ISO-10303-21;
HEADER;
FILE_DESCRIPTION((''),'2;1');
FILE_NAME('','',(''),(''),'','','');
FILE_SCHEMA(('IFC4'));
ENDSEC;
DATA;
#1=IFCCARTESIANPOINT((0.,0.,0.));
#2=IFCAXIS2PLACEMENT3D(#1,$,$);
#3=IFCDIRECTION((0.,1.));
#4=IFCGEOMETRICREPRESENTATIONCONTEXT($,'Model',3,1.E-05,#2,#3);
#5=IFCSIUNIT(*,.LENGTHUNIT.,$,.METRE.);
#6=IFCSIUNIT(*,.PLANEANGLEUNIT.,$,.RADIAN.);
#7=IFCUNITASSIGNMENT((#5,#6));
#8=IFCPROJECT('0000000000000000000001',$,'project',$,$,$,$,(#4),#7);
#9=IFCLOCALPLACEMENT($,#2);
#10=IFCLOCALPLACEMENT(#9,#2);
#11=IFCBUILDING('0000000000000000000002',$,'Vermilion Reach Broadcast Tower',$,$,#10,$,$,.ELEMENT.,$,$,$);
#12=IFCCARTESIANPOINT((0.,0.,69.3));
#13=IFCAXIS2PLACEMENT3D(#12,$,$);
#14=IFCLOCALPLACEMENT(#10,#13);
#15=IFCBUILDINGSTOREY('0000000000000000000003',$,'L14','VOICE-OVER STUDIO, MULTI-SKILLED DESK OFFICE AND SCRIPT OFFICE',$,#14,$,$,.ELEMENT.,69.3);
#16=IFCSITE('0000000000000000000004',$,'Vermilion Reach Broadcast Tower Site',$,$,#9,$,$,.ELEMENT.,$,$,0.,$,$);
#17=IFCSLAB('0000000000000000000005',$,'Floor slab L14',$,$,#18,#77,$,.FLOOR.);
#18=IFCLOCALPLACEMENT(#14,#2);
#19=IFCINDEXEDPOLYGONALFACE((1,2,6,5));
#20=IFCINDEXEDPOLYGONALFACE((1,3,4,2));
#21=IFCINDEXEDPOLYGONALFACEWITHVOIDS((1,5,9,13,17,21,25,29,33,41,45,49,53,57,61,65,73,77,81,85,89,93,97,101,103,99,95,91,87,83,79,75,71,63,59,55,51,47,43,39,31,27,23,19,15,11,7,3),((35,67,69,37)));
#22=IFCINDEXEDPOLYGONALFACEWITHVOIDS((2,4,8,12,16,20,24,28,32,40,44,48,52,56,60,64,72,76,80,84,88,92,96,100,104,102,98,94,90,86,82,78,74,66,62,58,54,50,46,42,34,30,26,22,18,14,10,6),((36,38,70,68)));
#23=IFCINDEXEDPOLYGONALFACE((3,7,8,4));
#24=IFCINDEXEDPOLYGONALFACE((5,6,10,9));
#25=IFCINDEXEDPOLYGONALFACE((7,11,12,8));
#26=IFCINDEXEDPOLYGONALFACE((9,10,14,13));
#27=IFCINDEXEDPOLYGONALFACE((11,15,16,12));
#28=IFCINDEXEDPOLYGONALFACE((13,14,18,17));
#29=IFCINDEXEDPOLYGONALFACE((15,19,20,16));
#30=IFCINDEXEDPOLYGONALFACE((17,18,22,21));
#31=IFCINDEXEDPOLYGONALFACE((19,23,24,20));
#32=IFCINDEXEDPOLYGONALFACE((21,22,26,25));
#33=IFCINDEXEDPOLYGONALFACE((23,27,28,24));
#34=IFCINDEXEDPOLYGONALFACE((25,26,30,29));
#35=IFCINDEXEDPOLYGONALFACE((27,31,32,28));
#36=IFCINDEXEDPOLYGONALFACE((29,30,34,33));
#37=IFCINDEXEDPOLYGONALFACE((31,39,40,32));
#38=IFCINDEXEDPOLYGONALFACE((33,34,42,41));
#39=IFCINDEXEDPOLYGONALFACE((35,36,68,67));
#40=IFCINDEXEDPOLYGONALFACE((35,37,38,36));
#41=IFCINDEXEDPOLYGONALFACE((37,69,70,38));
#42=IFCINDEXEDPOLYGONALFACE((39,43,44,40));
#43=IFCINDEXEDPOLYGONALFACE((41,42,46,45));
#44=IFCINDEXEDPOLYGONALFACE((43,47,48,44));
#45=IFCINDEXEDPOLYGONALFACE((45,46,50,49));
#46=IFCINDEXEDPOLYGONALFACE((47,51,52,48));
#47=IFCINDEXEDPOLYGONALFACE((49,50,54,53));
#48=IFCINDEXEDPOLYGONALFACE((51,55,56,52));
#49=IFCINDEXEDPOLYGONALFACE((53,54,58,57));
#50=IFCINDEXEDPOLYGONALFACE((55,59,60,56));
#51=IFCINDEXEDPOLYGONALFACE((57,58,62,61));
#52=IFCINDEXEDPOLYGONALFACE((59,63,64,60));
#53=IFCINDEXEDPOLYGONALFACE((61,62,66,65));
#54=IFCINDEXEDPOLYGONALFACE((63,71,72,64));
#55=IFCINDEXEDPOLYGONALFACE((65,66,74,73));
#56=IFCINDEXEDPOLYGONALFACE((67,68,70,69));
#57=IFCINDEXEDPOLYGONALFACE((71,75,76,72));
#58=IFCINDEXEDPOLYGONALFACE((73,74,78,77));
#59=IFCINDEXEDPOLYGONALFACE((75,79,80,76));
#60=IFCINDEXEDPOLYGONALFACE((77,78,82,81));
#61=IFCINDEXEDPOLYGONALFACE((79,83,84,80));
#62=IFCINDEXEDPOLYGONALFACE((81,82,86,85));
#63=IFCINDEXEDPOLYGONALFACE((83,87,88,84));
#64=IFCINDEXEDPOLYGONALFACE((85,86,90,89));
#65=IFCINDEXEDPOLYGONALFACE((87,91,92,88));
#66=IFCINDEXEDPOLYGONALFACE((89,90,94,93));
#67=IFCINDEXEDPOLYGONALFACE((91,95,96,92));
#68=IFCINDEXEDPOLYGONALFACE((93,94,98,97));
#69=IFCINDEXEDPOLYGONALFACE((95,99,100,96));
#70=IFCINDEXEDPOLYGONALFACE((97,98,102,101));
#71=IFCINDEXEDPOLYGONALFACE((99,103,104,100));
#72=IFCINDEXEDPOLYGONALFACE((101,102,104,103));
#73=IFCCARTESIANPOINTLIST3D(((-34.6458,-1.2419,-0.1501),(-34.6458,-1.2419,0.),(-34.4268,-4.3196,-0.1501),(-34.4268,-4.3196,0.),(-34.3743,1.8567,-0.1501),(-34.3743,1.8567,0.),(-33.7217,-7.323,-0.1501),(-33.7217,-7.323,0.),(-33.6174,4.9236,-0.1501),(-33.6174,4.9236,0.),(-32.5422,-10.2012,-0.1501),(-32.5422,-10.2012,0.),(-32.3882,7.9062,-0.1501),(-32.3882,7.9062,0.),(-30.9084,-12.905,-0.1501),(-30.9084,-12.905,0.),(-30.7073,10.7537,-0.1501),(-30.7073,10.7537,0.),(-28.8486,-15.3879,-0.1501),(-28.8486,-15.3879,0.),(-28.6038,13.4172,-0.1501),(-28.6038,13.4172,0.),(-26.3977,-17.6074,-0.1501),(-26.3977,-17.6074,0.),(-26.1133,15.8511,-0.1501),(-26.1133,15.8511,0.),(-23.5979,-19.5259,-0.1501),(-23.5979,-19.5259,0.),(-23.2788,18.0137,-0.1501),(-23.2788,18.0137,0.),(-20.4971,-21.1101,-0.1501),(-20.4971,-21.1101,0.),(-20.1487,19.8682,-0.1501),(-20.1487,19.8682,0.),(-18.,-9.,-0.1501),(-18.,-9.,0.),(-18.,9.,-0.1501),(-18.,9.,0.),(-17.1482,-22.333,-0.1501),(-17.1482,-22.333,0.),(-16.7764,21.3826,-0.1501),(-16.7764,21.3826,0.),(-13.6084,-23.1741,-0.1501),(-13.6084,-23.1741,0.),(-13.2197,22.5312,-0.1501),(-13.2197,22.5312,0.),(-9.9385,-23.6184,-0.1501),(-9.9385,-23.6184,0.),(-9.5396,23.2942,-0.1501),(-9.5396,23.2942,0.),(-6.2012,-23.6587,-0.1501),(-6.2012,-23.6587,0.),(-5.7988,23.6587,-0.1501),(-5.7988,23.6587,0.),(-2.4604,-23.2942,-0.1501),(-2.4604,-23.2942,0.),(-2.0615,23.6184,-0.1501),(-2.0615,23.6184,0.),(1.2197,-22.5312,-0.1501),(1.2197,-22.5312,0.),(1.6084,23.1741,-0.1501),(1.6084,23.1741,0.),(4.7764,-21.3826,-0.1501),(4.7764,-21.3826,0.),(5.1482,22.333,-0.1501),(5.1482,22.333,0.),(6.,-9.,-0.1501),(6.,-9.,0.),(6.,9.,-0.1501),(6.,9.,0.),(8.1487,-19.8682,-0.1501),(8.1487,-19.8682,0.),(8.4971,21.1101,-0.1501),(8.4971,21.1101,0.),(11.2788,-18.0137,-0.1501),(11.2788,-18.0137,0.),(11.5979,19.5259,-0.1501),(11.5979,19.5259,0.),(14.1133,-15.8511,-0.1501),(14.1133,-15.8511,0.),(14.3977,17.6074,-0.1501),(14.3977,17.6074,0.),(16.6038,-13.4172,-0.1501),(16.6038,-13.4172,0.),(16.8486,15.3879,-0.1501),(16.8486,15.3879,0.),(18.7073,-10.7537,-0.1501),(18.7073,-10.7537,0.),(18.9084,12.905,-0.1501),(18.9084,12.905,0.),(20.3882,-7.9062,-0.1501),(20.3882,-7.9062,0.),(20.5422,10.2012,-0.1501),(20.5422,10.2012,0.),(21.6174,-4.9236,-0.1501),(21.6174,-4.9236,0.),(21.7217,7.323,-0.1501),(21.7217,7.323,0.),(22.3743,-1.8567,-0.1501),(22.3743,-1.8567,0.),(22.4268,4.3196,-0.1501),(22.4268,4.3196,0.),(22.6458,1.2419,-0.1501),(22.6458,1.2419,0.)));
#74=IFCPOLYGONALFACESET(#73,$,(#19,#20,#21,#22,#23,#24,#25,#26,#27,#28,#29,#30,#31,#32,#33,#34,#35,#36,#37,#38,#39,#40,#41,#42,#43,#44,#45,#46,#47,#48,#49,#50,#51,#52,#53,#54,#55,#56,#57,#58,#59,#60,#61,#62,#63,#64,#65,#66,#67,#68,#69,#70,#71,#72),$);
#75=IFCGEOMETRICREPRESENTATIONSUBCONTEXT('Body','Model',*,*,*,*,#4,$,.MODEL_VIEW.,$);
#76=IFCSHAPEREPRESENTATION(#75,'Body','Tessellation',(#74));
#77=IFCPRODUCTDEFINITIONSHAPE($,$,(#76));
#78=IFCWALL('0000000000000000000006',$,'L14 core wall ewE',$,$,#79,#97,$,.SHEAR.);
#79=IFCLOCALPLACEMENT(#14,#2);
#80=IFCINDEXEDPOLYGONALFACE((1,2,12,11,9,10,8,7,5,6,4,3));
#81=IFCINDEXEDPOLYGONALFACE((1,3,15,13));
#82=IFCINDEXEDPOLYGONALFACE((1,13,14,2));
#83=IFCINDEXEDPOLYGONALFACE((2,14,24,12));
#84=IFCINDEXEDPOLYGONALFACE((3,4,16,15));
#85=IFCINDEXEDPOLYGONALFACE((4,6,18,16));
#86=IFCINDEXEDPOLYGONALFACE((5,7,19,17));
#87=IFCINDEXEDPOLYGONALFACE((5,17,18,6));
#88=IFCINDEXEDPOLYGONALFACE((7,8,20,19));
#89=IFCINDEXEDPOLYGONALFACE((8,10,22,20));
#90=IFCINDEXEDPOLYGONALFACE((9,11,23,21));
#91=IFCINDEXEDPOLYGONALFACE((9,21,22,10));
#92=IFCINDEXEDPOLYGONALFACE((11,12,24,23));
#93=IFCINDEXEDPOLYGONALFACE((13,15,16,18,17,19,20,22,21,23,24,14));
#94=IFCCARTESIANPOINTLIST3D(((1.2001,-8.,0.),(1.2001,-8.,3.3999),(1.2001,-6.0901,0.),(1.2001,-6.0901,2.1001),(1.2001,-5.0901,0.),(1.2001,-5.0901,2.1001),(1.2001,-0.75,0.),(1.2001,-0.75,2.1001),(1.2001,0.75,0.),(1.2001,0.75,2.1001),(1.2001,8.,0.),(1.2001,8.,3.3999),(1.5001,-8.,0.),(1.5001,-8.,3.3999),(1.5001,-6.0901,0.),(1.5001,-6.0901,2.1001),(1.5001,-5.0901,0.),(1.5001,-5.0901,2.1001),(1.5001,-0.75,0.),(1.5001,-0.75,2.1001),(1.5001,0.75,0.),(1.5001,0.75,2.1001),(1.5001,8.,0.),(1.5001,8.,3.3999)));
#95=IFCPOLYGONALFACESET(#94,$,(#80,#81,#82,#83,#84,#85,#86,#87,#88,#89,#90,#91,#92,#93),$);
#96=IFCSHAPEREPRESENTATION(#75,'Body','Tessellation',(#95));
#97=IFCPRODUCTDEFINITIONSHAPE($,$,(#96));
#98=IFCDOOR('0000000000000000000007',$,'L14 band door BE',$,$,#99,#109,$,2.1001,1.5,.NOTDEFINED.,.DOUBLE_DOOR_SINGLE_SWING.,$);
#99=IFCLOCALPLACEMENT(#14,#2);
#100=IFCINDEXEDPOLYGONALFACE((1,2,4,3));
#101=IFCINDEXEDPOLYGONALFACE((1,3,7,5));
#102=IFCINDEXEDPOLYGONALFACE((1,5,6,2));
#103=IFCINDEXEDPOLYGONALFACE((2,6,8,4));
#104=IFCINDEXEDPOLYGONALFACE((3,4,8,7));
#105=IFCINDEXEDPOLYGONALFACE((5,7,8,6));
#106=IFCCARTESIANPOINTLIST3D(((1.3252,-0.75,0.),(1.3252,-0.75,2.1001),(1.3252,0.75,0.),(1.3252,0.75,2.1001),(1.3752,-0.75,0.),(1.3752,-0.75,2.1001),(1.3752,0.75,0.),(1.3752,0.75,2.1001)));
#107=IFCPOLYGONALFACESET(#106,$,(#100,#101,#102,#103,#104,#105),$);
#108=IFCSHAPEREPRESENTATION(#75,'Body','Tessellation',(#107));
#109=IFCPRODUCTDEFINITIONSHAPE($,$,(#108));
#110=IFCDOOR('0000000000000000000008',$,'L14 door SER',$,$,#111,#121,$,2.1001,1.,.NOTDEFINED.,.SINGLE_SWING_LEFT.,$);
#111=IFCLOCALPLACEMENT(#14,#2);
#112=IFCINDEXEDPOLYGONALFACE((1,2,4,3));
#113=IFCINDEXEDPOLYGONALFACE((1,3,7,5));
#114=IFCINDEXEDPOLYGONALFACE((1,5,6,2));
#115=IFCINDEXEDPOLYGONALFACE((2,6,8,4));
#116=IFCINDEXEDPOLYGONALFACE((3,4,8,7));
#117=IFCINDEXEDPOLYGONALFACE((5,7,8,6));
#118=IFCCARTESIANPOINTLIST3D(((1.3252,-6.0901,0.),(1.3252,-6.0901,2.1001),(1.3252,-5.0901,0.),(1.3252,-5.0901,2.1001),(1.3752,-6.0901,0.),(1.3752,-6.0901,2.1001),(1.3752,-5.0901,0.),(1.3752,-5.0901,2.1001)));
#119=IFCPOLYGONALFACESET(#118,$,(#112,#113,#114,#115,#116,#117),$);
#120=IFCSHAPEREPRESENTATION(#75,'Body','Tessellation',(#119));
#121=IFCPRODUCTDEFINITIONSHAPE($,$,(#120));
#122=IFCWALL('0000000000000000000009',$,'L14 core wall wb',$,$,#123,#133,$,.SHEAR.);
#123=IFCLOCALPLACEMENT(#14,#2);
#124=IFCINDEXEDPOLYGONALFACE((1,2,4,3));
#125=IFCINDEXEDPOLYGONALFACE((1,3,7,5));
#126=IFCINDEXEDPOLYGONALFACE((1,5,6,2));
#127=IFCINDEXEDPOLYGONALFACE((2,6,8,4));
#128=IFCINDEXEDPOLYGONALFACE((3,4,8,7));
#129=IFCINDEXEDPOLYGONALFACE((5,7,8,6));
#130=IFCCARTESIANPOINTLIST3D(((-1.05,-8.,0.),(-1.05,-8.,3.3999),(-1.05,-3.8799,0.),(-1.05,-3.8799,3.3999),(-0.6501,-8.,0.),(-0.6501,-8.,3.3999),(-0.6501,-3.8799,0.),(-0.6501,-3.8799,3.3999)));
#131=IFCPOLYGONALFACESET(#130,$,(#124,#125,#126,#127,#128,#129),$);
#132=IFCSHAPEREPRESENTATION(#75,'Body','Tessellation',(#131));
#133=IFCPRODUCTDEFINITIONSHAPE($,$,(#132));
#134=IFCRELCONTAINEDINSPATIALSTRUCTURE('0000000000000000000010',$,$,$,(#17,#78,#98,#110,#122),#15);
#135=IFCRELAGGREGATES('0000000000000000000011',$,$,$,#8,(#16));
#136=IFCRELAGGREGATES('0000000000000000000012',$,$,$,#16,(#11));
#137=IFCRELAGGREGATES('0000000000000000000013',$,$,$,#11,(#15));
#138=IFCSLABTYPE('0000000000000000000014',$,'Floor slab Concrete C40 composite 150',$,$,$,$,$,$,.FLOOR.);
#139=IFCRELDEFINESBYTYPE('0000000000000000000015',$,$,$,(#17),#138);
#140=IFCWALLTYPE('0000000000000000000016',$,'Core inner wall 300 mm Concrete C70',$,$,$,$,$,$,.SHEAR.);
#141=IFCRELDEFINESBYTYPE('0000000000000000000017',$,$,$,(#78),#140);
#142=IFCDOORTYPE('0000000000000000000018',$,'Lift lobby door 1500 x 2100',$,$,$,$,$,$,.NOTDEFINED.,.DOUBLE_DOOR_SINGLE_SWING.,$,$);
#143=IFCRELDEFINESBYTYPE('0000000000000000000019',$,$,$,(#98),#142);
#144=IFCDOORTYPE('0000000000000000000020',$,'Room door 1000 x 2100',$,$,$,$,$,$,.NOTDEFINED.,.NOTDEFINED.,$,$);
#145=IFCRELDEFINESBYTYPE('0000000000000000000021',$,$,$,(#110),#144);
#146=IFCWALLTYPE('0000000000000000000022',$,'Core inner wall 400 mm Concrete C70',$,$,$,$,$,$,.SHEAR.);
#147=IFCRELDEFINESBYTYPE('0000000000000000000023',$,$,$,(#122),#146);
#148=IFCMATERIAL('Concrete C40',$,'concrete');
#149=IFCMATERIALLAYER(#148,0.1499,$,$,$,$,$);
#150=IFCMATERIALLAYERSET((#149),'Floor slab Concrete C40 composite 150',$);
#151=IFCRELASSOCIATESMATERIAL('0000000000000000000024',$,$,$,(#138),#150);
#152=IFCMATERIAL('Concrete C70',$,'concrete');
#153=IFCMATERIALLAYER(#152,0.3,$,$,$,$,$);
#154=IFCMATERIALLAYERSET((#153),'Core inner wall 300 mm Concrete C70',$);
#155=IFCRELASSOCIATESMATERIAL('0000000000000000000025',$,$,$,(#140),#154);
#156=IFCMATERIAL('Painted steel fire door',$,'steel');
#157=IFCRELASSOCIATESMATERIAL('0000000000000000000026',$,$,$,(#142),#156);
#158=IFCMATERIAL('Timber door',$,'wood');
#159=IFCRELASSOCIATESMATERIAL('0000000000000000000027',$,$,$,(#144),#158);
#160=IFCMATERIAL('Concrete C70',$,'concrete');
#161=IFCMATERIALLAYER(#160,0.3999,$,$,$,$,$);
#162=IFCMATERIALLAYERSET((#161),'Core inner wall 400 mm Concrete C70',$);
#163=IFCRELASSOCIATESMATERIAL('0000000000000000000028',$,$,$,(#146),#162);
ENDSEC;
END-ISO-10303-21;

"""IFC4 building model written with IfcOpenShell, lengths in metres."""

from ifc_helpers import new_model, si_unit, direction, frame, frame_2d, origin, place, context, subcontext, project, spatial, polyline, rectangle, outline, extrude, material, layer, layer_set, type_object, element, fill, save


model = new_model("IFC4")

# Units and contexts
model_context = context("Model", 3, precision=1e-05, world=origin(), true_north=direction((0.0, 1.0)))
body_context = subcontext(model_context, "Body", "Model", "MODEL_VIEW")
ifc_project = project(units=[si_unit("LENGTHUNIT", "METRE"), si_unit("PLANEANGLEUNIT", "RADIAN")], contexts=[model_context])

# Site, building, storey
site_placement = place(None, origin())
site = spatial("IfcSite", under=ifc_project, at=site_placement, Name="Vermilion Reach Broadcast Tower Site", CompositionType="ELEMENT", RefElevation=0.0)
building_placement = place(site_placement, origin())
building = spatial("IfcBuilding", under=site, at=building_placement, Name="Vermilion Reach Broadcast Tower", CompositionType="ELEMENT")
storey_placement = place(building_placement, frame((0.0, 0.0, 69.3)))
storey = spatial("IfcBuildingStorey", under=building, at=storey_placement, Name="L14", Description="VOICE-OVER STUDIO, MULTI-SKILLED DESK OFFICE AND SCRIPT OFFICE", CompositionType="ELEMENT", Elevation=69.3)

# Slab
ifc_material_1 = material(Name="Concrete C40", Category="concrete")
ifc_layer_1 = layer(ifc_material_1, 0.1499)
ifc_layer_set_1 = layer_set([ifc_layer_1], Name="Floor slab Concrete C40 composite 150")
slab_type_1 = type_object("IfcSlabType", Name="Floor slab Concrete C40 composite 150", PredefinedType="FLOOR", material=ifc_layer_set_1)
slab_1_placement = place(storey_placement, frame((0.0, 0.0, -0.1501)))
element("IfcSlab", 1, at=slab_1_placement, inside=storey, type_object=slab_type_1, Name="Floor slab L14", PredefinedType="FLOOR", context=body_context, shape_type="SweptSolid", body=[
    extrude(outline(polyline([(22.4268, 4.3196), (21.7217, 7.323), (20.5422, 10.2012), (18.9084, 12.905), (16.8486, 15.3879), (14.3977, 17.6074), (11.5979, 19.5259), (8.4971, 21.1101), (5.1482, 22.333), (1.6084, 23.1741), (-2.0615, 23.6184), (-5.7988, 23.6587), (-9.5396, 23.2942), (-13.2197, 22.5312), (-16.7764, 21.3826), (-20.1487, 19.8682), (-23.2788, 18.0137), (-26.1133, 15.8511), (-28.6038, 13.4172), (-30.7073, 10.7537), (-32.3882, 7.9062), (-33.6174, 4.9236), (-34.3743, 1.8567), (-34.6458, -1.2419), (-34.4268, -4.3196), (-33.7217, -7.323), (-32.5422, -10.2012), (-30.9084, -12.905), (-28.8486, -15.3879), (-26.3977, -17.6074), (-23.5979, -19.5259), (-20.4971, -21.1101), (-17.1482, -22.333), (-13.6084, -23.1741), (-9.9385, -23.6184), (-6.2012, -23.6587), (-2.4604, -23.2942), (1.2197, -22.5312), (4.7764, -21.3826), (8.1487, -19.8682), (11.2788, -18.0137), (14.1133, -15.8511), (16.6038, -13.4172), (18.7073, -10.7537), (20.3882, -7.9062), (21.6174, -4.9236), (22.3743, -1.8567), (22.6458, 1.2419), (22.4268, 4.3196)]), holes=[polyline([(-18.0, -9.0), (6.0, -9.0), (6.0, 9.0), (-18.0, 9.0), (-18.0, -9.0)])]), origin(), (0.0, 0.0, 1.0), 0.1501),
])

# Wall, openings, doors
ifc_material_2 = material(Name="Concrete C70", Category="concrete")
ifc_layer_2 = layer(ifc_material_2, 0.3)
ifc_layer_set_2 = layer_set([ifc_layer_2], Name="Core inner wall 300 mm Concrete C70")
wall_type_1 = type_object("IfcWallType", Name="Core inner wall 300 mm Concrete C70", PredefinedType="SHEAR", material=ifc_layer_set_2)
wall_1_placement = place(storey_placement, frame((1.3501, -8.0, 0.0), z_axis=(0.0, 0.0, 1.0), x_axis=(0.0, 1.0, 0.0)))
wall_1 = element("IfcWall", 2, at=wall_1_placement, inside=storey, type_object=wall_type_1, Name="L14 core wall ewE", PredefinedType="SHEAR", context=body_context, shape_type="SweptSolid", body=[
    extrude(rectangle(XDim=16.0, YDim=0.3, at=frame_2d((8.0, 0.0))), origin(), (0.0, 0.0, 1.0), 3.3999),
])
opening_1_placement = place(wall_1_placement, frame((1.9099, 0.0, 0.0)))
opening_1 = element("IfcOpeningElement", 3, at=opening_1_placement, cuts=wall_1, PredefinedType="OPENING", context=body_context, shape_type="SweptSolid", body=[
    extrude(rectangle(XDim=1.0, YDim=2.1001, at=frame_2d((0.5, 1.05))), frame((0.0, 0.1599, 0.0), z_axis=(0.0, -1.0, 0.0), x_axis=(1.0, 0.0, 0.0)), (0.0, 0.0, 1.0), 0.3201),
])
opening_2_placement = place(wall_1_placement, frame((7.25, 0.0, 0.0)))
opening_2 = element("IfcOpeningElement", 4, at=opening_2_placement, cuts=wall_1, PredefinedType="OPENING", context=body_context, shape_type="SweptSolid", body=[
    extrude(rectangle(XDim=1.5, YDim=2.1001, at=frame_2d((0.75, 1.05))), frame((0.0, 0.1599, 0.0), z_axis=(0.0, -1.0, 0.0), x_axis=(1.0, 0.0, 0.0)), (0.0, 0.0, 1.0), 0.3201),
])
ifc_material_3 = material(Name="Painted steel fire door", Category="steel")
door_type_1 = type_object("IfcDoorType", Name="Lift lobby door 1500 x 2100", OperationType="DOUBLE_DOOR_SINGLE_SWING", PredefinedType="NOTDEFINED", material=ifc_material_3)
door_1_placement = place(opening_2_placement, origin())
door_1 = element("IfcDoor", 5, at=door_1_placement, inside=storey, type_object=door_type_1, Name="L14 band door BE", OperationType="DOUBLE_DOOR_SINGLE_SWING", OverallHeight=2.1001, OverallWidth=1.5, PredefinedType="NOTDEFINED", context=body_context, shape_type="SweptSolid", body=[
    extrude(rectangle(XDim=1.5, YDim=2.1001, at=frame_2d((0.75, 1.05))), frame((0.0, 0.0249, 0.0), z_axis=(0.0, -1.0, 0.0), x_axis=(1.0, 0.0, 0.0)), (0.0, 0.0, 1.0), 0.05),
])
fill(opening_2, door_1)
ifc_material_4 = material(Name="Timber door", Category="wood")
door_type_2 = type_object("IfcDoorType", Name="Room door 1000 x 2100", OperationType="NOTDEFINED", PredefinedType="NOTDEFINED", material=ifc_material_4)
door_2_placement = place(opening_1_placement, origin())
door_2 = element("IfcDoor", 6, at=door_2_placement, inside=storey, type_object=door_type_2, Name="L14 door SER", OperationType="SINGLE_SWING_LEFT", OverallHeight=2.1001, OverallWidth=1.0, PredefinedType="NOTDEFINED", context=body_context, shape_type="SweptSolid", body=[
    extrude(rectangle(XDim=1.0, YDim=2.1001, at=frame_2d((0.5, 1.05))), frame((0.0, 0.0249, 0.0), z_axis=(0.0, -1.0, 0.0), x_axis=(1.0, 0.0, 0.0)), (0.0, 0.0, 1.0), 0.05),
])
fill(opening_1, door_2)

# Wall
ifc_material_5 = material(Name="Concrete C70", Category="concrete")
ifc_layer_3 = layer(ifc_material_5, 0.3999)
ifc_layer_set_3 = layer_set([ifc_layer_3], Name="Core inner wall 400 mm Concrete C70")
wall_type_2 = type_object("IfcWallType", Name="Core inner wall 400 mm Concrete C70", PredefinedType="SHEAR", material=ifc_layer_set_3)
wall_2_placement = place(storey_placement, frame((-0.8501, -3.8799, 0.0), z_axis=(0.0, 0.0, 1.0), x_axis=(0.0, -1.0, 0.0)))
element("IfcWall", 7, at=wall_2_placement, inside=storey, type_object=wall_type_2, Name="L14 core wall wb", PredefinedType="SHEAR", context=body_context, shape_type="SweptSolid", body=[
    extrude(rectangle(XDim=4.1201, YDim=0.3999, at=frame_2d((2.0601, 0.0))), origin(), (0.0, 0.0, 1.0), 3.3999),
])

save(model, "model.ifc")
